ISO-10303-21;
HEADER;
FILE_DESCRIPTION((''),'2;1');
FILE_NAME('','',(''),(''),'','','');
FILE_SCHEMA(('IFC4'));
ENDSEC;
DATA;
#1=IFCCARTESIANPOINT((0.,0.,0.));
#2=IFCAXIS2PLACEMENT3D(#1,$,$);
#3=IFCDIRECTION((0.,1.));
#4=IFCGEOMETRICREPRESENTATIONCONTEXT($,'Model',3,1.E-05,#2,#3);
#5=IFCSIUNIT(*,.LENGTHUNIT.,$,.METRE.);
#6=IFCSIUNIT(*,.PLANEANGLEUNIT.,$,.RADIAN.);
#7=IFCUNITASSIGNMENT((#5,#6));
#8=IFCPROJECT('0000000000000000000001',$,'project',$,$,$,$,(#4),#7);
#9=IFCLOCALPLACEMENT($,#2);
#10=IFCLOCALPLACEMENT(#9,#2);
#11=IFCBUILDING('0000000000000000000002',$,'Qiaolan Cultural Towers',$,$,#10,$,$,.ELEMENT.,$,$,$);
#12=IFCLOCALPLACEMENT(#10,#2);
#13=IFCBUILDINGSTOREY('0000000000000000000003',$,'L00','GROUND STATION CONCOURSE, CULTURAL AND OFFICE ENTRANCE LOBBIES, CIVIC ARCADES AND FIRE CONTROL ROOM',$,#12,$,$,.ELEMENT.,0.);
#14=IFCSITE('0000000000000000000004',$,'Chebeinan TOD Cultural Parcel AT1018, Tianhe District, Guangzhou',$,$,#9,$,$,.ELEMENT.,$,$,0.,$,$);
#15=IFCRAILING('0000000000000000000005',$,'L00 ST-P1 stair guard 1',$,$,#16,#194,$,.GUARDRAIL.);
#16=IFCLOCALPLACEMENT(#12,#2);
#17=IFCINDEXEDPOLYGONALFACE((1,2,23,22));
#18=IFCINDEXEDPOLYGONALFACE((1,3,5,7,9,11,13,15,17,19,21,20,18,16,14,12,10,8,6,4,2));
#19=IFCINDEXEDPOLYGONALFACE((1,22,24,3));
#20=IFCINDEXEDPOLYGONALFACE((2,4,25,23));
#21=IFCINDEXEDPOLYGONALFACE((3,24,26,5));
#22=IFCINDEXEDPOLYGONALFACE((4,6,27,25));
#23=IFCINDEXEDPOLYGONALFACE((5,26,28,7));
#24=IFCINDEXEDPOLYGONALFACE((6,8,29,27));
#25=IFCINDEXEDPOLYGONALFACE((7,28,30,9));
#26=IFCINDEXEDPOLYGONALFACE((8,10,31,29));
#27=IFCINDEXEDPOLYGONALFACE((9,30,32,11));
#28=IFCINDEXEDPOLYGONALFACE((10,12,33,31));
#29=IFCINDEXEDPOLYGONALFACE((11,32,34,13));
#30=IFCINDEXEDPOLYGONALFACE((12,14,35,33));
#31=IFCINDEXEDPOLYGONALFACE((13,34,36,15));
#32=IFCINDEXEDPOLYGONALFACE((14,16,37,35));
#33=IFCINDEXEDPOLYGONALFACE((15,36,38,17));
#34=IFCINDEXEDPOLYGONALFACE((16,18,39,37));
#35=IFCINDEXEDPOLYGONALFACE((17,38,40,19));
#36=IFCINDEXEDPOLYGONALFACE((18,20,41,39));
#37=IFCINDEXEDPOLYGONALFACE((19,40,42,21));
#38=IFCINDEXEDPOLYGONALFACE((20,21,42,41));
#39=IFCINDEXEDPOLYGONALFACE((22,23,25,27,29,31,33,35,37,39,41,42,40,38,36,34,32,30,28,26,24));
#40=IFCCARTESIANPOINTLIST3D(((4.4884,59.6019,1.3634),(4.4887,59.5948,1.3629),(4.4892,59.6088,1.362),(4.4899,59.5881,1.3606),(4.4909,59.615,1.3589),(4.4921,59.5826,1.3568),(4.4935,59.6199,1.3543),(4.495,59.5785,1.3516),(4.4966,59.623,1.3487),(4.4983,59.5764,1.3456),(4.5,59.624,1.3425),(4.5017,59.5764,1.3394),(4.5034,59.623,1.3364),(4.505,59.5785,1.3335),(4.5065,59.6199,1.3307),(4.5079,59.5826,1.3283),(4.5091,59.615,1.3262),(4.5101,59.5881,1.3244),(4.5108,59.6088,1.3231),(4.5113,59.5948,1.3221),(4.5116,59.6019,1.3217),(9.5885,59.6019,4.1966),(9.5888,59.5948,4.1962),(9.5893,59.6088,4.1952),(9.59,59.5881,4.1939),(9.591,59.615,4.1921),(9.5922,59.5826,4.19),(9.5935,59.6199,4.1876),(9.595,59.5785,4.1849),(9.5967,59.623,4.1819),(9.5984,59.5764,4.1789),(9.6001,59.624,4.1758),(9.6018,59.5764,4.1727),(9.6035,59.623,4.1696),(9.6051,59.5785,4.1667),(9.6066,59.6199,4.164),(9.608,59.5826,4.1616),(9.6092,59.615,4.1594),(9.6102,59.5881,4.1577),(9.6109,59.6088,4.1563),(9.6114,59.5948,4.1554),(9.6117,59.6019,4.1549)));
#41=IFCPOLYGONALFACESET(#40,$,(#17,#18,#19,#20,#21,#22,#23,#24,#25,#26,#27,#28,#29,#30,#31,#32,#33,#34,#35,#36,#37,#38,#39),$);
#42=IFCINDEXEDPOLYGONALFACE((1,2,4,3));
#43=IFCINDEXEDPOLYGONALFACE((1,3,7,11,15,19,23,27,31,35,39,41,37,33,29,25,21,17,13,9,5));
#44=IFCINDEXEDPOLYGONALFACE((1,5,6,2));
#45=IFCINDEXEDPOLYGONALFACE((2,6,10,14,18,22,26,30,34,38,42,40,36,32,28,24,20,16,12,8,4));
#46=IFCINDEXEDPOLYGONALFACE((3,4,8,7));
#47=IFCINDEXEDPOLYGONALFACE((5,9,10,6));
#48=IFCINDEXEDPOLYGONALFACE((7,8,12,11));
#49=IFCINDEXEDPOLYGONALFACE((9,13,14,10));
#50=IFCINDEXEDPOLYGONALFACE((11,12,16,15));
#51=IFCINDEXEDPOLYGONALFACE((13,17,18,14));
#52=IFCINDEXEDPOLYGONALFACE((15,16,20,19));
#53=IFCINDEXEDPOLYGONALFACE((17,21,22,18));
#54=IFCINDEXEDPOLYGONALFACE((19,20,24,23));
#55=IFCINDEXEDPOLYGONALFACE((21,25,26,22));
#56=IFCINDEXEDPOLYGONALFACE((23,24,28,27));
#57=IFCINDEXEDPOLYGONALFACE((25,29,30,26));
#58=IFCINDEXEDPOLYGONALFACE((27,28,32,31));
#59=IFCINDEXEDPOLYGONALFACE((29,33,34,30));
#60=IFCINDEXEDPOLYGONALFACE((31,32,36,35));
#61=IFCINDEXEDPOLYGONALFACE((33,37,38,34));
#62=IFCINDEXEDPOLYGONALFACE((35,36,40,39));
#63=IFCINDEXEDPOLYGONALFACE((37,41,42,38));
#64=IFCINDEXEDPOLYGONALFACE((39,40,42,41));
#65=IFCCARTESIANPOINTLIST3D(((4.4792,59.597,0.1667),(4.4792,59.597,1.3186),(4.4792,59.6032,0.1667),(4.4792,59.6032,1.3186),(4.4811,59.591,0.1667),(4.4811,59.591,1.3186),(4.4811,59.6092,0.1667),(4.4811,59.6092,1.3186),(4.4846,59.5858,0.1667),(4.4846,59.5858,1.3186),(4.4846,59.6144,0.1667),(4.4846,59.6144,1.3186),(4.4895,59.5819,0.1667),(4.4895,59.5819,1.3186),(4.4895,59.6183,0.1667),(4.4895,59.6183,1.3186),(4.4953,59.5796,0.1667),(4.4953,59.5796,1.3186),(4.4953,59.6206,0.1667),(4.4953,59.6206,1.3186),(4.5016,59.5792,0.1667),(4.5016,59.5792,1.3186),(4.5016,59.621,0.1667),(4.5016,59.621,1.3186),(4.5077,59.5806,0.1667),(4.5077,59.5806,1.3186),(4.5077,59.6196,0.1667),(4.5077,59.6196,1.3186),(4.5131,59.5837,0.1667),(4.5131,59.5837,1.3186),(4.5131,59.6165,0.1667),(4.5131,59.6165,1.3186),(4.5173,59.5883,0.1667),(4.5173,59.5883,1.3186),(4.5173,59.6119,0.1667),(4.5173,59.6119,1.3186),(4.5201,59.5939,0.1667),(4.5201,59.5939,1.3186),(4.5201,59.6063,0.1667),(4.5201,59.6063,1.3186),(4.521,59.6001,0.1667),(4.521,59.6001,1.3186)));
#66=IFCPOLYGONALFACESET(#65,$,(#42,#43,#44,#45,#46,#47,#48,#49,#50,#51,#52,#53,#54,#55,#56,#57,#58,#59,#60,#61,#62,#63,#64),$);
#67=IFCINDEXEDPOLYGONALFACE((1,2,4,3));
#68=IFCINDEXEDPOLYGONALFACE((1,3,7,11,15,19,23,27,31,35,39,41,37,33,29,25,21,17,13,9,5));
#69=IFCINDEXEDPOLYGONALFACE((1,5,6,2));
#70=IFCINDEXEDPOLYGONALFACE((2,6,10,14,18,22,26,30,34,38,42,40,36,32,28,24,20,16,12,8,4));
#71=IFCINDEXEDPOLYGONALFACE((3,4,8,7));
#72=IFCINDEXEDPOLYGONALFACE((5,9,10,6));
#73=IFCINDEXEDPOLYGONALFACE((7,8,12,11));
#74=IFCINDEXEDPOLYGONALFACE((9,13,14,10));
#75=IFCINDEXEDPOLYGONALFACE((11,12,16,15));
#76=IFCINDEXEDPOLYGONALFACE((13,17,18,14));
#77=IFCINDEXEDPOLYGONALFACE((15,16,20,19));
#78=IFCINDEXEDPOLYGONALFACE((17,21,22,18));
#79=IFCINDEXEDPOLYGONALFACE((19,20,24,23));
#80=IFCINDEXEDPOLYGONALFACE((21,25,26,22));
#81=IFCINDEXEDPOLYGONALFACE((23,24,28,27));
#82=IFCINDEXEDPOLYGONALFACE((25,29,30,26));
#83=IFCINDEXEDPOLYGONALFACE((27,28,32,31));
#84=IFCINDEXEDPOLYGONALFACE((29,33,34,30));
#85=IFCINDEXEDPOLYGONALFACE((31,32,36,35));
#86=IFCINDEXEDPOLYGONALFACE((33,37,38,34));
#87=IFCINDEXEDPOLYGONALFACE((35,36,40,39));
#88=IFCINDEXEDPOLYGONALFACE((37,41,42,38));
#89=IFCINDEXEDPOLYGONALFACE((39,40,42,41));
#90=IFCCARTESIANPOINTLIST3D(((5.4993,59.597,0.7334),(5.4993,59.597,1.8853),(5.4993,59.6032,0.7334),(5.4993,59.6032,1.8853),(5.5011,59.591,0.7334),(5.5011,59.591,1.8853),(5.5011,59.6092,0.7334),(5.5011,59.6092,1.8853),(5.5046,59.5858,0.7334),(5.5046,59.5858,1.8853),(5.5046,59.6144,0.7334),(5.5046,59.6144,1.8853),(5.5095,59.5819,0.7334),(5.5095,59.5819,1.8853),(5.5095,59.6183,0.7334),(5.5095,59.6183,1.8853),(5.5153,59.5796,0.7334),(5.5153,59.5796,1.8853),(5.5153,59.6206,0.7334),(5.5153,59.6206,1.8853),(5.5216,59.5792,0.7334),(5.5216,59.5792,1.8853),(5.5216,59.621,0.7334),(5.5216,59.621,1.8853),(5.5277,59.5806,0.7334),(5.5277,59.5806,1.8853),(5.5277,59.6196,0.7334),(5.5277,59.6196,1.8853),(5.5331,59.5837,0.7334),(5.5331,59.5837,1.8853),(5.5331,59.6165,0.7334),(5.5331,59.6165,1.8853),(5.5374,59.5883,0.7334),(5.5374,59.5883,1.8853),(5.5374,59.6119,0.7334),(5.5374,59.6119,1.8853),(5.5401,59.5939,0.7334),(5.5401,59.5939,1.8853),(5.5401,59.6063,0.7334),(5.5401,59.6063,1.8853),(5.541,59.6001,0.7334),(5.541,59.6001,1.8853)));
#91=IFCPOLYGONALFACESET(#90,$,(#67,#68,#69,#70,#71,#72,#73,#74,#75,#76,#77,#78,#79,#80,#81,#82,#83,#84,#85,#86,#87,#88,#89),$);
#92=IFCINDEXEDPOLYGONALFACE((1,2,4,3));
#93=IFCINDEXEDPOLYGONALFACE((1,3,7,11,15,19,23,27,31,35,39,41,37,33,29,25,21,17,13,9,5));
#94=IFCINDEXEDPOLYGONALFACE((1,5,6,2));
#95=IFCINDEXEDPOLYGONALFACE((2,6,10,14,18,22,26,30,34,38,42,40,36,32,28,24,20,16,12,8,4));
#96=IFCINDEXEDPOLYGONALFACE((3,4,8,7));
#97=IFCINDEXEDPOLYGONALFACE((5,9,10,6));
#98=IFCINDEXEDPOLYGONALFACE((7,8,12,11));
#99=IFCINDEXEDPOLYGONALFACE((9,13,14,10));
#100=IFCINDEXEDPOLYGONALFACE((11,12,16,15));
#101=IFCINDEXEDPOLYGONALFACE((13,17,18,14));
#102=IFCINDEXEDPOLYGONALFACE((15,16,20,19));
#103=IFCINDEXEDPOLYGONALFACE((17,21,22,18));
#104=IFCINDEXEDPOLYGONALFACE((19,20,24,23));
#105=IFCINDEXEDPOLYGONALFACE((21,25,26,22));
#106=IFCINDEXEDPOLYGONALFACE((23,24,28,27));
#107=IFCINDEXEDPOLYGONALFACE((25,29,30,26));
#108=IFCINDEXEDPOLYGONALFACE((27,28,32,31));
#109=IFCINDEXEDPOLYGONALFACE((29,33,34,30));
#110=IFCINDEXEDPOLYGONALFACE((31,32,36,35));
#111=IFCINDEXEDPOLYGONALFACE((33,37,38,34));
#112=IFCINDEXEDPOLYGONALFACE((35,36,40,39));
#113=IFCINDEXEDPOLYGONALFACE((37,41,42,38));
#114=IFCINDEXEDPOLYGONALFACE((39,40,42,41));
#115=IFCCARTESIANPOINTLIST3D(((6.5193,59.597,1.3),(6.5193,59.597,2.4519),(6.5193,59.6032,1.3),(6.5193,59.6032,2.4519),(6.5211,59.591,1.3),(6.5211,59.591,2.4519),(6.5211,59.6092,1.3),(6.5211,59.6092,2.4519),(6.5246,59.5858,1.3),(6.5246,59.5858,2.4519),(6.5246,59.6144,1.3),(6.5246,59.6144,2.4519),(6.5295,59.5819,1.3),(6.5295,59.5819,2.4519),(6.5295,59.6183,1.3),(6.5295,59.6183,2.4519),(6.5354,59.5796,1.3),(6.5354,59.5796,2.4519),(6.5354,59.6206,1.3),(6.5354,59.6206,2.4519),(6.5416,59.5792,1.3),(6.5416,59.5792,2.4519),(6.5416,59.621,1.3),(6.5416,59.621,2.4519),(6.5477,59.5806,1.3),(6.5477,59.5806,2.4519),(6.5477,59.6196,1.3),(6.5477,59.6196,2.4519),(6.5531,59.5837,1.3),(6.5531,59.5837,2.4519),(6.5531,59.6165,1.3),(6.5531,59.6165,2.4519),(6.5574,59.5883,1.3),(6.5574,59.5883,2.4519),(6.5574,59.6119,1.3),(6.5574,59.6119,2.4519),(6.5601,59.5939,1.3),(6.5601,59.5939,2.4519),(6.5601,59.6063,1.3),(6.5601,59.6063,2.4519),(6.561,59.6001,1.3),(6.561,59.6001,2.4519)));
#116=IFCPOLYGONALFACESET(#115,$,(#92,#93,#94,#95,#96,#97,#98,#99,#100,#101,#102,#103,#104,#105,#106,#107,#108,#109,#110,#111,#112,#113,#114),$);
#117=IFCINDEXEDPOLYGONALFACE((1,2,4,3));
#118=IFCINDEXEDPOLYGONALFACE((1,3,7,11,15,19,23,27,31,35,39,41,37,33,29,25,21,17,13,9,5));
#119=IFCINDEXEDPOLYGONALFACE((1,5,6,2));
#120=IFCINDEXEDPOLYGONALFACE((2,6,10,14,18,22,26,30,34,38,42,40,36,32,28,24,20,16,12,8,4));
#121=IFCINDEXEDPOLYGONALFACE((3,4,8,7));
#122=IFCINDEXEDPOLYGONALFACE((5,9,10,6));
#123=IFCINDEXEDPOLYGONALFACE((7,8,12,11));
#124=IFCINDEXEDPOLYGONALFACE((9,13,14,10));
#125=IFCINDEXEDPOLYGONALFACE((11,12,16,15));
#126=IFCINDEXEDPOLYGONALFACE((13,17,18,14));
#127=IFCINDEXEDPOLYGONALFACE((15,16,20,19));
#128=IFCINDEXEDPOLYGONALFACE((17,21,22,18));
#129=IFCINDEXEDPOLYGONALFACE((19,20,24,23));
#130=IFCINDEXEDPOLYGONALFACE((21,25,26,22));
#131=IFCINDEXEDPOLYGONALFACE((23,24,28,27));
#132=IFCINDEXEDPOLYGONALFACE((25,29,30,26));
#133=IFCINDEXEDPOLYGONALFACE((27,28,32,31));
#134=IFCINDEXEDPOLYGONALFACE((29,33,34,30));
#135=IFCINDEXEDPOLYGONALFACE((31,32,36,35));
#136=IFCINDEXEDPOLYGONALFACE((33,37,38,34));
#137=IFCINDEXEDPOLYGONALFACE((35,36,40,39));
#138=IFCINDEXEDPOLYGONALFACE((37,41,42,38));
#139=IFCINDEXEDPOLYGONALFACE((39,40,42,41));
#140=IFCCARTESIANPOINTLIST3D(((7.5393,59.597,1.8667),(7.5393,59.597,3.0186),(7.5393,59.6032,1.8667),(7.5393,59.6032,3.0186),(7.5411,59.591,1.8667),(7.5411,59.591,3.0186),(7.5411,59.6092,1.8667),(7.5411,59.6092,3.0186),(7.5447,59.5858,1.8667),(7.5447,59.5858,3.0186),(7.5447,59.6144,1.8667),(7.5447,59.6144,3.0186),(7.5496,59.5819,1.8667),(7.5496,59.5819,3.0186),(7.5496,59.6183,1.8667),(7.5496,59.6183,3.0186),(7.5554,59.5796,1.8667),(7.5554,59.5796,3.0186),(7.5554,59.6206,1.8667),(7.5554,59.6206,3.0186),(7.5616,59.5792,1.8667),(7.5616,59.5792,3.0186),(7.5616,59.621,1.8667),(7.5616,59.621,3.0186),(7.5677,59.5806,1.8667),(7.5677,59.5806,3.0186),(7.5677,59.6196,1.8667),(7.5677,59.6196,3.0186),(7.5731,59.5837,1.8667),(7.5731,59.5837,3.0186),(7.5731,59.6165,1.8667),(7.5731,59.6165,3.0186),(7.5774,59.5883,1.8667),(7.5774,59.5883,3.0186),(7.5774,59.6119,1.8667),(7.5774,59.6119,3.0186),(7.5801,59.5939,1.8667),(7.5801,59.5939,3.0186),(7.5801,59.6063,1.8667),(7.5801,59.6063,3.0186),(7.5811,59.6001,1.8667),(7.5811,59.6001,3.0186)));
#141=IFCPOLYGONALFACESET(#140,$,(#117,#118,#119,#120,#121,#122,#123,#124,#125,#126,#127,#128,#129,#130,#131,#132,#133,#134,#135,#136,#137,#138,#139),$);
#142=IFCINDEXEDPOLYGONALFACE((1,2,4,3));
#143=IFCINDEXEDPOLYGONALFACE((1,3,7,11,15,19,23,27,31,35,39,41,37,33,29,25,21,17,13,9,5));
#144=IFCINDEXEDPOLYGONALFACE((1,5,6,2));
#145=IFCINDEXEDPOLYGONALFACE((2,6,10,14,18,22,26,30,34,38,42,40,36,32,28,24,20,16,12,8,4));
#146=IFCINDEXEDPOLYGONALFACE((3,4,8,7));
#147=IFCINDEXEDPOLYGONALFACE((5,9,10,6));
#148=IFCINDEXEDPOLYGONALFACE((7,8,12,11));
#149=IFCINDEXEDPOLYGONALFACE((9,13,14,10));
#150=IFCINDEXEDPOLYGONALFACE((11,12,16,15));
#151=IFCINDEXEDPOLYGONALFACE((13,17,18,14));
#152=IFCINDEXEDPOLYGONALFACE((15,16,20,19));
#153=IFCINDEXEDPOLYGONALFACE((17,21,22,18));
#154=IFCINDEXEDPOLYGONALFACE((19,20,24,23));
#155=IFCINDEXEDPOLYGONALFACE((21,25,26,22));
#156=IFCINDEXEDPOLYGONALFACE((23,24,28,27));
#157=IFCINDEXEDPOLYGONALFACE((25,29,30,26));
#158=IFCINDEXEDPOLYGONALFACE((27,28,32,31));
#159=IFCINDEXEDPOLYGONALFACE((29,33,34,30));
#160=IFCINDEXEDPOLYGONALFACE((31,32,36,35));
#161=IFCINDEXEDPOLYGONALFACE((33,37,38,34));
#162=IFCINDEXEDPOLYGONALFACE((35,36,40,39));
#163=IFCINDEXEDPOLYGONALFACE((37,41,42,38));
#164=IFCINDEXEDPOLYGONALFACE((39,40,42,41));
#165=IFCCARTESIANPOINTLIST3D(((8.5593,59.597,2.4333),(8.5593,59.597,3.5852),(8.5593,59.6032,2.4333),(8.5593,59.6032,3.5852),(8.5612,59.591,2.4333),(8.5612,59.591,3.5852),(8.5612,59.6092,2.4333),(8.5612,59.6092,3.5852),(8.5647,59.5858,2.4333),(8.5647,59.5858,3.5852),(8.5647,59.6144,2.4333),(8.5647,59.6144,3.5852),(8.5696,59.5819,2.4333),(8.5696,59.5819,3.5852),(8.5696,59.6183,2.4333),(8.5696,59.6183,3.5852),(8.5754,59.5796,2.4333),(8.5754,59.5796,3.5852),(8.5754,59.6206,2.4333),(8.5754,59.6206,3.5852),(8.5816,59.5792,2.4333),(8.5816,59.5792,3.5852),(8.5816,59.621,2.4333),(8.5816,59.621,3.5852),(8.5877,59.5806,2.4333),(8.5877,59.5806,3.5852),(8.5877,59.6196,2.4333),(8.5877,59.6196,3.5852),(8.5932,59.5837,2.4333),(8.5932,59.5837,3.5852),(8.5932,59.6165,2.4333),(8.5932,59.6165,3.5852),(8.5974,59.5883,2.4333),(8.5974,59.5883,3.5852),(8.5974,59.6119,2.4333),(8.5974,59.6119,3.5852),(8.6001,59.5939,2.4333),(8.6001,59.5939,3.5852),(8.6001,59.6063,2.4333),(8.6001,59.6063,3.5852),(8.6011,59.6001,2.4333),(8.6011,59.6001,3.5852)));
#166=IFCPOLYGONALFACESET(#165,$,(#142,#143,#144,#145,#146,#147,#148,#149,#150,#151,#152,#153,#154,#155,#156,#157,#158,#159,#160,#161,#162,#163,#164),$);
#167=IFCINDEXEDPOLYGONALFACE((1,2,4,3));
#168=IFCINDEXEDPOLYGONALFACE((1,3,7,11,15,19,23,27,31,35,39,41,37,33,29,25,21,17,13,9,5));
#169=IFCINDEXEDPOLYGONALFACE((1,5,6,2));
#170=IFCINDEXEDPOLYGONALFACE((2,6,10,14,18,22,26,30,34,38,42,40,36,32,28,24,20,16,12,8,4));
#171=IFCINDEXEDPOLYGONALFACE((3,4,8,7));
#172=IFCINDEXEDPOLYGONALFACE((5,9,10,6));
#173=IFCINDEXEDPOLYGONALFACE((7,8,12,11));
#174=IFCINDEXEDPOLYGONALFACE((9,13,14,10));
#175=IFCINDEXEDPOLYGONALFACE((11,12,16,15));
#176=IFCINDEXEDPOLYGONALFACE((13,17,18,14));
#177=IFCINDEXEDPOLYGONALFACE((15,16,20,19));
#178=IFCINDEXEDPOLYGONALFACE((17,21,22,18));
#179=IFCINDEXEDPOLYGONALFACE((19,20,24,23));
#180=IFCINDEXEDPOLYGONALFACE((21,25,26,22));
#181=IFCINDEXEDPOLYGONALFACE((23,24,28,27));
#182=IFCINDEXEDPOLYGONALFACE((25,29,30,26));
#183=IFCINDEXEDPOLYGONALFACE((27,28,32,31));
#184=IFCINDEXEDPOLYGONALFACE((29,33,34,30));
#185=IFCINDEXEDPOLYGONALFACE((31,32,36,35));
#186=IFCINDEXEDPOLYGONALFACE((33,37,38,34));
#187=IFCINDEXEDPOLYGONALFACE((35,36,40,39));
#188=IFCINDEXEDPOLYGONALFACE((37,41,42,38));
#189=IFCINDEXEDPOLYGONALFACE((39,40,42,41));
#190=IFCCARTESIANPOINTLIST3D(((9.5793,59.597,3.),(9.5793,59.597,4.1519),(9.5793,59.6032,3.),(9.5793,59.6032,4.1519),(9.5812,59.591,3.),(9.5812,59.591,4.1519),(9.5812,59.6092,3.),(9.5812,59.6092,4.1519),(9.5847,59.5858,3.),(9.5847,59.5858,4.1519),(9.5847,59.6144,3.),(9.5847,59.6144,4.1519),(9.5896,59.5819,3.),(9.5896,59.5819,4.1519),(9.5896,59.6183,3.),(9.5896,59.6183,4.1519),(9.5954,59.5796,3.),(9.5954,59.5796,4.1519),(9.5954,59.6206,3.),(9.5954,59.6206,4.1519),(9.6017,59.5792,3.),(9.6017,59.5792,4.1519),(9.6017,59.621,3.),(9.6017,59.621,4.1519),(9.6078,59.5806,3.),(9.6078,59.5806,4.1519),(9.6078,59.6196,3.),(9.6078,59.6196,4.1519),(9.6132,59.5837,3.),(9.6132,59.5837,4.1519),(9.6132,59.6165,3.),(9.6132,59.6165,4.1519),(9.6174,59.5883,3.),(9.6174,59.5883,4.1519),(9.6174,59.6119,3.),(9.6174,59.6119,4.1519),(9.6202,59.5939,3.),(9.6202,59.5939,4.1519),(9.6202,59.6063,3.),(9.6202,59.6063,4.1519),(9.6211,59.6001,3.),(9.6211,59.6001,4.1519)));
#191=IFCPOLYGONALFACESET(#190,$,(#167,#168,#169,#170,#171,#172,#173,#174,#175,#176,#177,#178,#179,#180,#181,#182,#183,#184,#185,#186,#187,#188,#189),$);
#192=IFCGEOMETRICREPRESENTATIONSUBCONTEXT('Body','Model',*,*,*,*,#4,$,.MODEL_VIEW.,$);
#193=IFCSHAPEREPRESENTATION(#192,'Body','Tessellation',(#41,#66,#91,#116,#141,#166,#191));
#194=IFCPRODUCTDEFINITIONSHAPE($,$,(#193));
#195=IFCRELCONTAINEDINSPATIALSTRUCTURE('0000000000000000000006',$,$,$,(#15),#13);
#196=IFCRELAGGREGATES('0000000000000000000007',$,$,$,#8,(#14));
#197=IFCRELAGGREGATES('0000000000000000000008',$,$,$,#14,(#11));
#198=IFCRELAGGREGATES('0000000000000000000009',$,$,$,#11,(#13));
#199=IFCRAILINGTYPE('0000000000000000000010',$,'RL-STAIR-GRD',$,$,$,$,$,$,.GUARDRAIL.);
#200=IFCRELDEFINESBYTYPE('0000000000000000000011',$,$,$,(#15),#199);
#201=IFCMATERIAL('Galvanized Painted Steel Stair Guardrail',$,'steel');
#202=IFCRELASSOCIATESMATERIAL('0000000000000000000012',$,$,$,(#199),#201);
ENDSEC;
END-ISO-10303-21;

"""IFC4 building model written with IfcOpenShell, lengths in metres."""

from ifc_helpers import new_model, si_unit, direction, frame, origin, origin_2d, place, context, subcontext, project, spatial, circle, extrude, material, type_object, element, save


model = new_model("IFC4")

# Units and contexts
model_context = context("Model", 3, precision=1e-05, world=origin(), true_north=direction((0.0, 1.0)))
body_context = subcontext(model_context, "Body", "Model", "MODEL_VIEW")
ifc_project = project(units=[si_unit("LENGTHUNIT", "METRE"), si_unit("PLANEANGLEUNIT", "RADIAN")], contexts=[model_context])

# Site, building, storey
site_placement = place(None, origin())
site = spatial("IfcSite", under=ifc_project, at=site_placement, Name="Chebeinan TOD Cultural Parcel AT1018, Tianhe District, Guangzhou", CompositionType="ELEMENT", RefElevation=0.0)
building_placement = place(site_placement, origin())
building = spatial("IfcBuilding", under=site, at=building_placement, Name="Qiaolan Cultural Towers", CompositionType="ELEMENT")
storey_placement = place(building_placement, origin())
storey = spatial("IfcBuildingStorey", under=building, at=storey_placement, Name="L00", Description="GROUND STATION CONCOURSE, CULTURAL AND OFFICE ENTRANCE LOBBIES, CIVIC ARCADES AND FIRE CONTROL ROOM", CompositionType="ELEMENT", Elevation=0.0)

# Railing
ifc_material_1 = material(Name="Galvanized Painted Steel Stair Guardrail", Category="steel")
railing_type_1 = type_object("IfcRailingType", Name="RL-STAIR-GRD", PredefinedType="GUARDRAIL", material=ifc_material_1)
railing_1_placement = place(storey_placement, frame((4.5, 59.6001, 0.1667)))
element("IfcRailing", 1, at=railing_1_placement, inside=storey, type_object=railing_type_1, Name="L00 ST-P1 stair guard 1", PredefinedType="GUARDRAIL", context=body_context, shape_type="SweptSolid", body=[
    extrude(circle(Radius=0.0239, at=origin_2d()), frame((0.0, 0.0, 1.1758), z_axis=(0.874167, 0.0, 0.485625), x_axis=(0.0, 1.0, 0.0)), (0.0, 0.0, 1.0), 5.8342),
    extrude(circle(Radius=0.021, at=origin_2d()), origin(), (0.0, 0.0, 1.0), 1.1519),
    extrude(circle(Radius=0.021, at=origin_2d()), frame((1.02, 0.0, 0.5667)), (0.0, 0.0, 1.0), 1.1519),
    extrude(circle(Radius=0.021, at=origin_2d()), frame((2.04, 0.0, 1.1333)), (0.0, 0.0, 1.0), 1.1519),
    extrude(circle(Radius=0.021, at=origin_2d()), frame((3.0601, 0.0, 1.7)), (0.0, 0.0, 1.0), 1.1519),
    extrude(circle(Radius=0.021, at=origin_2d()), frame((4.0801, 0.0, 2.2666)), (0.0, 0.0, 1.0), 1.1519),
    extrude(circle(Radius=0.021, at=origin_2d()), frame((5.1001, 0.0, 2.8333)), (0.0, 0.0, 1.0), 1.1519),
])

save(model, "model.ifc")
